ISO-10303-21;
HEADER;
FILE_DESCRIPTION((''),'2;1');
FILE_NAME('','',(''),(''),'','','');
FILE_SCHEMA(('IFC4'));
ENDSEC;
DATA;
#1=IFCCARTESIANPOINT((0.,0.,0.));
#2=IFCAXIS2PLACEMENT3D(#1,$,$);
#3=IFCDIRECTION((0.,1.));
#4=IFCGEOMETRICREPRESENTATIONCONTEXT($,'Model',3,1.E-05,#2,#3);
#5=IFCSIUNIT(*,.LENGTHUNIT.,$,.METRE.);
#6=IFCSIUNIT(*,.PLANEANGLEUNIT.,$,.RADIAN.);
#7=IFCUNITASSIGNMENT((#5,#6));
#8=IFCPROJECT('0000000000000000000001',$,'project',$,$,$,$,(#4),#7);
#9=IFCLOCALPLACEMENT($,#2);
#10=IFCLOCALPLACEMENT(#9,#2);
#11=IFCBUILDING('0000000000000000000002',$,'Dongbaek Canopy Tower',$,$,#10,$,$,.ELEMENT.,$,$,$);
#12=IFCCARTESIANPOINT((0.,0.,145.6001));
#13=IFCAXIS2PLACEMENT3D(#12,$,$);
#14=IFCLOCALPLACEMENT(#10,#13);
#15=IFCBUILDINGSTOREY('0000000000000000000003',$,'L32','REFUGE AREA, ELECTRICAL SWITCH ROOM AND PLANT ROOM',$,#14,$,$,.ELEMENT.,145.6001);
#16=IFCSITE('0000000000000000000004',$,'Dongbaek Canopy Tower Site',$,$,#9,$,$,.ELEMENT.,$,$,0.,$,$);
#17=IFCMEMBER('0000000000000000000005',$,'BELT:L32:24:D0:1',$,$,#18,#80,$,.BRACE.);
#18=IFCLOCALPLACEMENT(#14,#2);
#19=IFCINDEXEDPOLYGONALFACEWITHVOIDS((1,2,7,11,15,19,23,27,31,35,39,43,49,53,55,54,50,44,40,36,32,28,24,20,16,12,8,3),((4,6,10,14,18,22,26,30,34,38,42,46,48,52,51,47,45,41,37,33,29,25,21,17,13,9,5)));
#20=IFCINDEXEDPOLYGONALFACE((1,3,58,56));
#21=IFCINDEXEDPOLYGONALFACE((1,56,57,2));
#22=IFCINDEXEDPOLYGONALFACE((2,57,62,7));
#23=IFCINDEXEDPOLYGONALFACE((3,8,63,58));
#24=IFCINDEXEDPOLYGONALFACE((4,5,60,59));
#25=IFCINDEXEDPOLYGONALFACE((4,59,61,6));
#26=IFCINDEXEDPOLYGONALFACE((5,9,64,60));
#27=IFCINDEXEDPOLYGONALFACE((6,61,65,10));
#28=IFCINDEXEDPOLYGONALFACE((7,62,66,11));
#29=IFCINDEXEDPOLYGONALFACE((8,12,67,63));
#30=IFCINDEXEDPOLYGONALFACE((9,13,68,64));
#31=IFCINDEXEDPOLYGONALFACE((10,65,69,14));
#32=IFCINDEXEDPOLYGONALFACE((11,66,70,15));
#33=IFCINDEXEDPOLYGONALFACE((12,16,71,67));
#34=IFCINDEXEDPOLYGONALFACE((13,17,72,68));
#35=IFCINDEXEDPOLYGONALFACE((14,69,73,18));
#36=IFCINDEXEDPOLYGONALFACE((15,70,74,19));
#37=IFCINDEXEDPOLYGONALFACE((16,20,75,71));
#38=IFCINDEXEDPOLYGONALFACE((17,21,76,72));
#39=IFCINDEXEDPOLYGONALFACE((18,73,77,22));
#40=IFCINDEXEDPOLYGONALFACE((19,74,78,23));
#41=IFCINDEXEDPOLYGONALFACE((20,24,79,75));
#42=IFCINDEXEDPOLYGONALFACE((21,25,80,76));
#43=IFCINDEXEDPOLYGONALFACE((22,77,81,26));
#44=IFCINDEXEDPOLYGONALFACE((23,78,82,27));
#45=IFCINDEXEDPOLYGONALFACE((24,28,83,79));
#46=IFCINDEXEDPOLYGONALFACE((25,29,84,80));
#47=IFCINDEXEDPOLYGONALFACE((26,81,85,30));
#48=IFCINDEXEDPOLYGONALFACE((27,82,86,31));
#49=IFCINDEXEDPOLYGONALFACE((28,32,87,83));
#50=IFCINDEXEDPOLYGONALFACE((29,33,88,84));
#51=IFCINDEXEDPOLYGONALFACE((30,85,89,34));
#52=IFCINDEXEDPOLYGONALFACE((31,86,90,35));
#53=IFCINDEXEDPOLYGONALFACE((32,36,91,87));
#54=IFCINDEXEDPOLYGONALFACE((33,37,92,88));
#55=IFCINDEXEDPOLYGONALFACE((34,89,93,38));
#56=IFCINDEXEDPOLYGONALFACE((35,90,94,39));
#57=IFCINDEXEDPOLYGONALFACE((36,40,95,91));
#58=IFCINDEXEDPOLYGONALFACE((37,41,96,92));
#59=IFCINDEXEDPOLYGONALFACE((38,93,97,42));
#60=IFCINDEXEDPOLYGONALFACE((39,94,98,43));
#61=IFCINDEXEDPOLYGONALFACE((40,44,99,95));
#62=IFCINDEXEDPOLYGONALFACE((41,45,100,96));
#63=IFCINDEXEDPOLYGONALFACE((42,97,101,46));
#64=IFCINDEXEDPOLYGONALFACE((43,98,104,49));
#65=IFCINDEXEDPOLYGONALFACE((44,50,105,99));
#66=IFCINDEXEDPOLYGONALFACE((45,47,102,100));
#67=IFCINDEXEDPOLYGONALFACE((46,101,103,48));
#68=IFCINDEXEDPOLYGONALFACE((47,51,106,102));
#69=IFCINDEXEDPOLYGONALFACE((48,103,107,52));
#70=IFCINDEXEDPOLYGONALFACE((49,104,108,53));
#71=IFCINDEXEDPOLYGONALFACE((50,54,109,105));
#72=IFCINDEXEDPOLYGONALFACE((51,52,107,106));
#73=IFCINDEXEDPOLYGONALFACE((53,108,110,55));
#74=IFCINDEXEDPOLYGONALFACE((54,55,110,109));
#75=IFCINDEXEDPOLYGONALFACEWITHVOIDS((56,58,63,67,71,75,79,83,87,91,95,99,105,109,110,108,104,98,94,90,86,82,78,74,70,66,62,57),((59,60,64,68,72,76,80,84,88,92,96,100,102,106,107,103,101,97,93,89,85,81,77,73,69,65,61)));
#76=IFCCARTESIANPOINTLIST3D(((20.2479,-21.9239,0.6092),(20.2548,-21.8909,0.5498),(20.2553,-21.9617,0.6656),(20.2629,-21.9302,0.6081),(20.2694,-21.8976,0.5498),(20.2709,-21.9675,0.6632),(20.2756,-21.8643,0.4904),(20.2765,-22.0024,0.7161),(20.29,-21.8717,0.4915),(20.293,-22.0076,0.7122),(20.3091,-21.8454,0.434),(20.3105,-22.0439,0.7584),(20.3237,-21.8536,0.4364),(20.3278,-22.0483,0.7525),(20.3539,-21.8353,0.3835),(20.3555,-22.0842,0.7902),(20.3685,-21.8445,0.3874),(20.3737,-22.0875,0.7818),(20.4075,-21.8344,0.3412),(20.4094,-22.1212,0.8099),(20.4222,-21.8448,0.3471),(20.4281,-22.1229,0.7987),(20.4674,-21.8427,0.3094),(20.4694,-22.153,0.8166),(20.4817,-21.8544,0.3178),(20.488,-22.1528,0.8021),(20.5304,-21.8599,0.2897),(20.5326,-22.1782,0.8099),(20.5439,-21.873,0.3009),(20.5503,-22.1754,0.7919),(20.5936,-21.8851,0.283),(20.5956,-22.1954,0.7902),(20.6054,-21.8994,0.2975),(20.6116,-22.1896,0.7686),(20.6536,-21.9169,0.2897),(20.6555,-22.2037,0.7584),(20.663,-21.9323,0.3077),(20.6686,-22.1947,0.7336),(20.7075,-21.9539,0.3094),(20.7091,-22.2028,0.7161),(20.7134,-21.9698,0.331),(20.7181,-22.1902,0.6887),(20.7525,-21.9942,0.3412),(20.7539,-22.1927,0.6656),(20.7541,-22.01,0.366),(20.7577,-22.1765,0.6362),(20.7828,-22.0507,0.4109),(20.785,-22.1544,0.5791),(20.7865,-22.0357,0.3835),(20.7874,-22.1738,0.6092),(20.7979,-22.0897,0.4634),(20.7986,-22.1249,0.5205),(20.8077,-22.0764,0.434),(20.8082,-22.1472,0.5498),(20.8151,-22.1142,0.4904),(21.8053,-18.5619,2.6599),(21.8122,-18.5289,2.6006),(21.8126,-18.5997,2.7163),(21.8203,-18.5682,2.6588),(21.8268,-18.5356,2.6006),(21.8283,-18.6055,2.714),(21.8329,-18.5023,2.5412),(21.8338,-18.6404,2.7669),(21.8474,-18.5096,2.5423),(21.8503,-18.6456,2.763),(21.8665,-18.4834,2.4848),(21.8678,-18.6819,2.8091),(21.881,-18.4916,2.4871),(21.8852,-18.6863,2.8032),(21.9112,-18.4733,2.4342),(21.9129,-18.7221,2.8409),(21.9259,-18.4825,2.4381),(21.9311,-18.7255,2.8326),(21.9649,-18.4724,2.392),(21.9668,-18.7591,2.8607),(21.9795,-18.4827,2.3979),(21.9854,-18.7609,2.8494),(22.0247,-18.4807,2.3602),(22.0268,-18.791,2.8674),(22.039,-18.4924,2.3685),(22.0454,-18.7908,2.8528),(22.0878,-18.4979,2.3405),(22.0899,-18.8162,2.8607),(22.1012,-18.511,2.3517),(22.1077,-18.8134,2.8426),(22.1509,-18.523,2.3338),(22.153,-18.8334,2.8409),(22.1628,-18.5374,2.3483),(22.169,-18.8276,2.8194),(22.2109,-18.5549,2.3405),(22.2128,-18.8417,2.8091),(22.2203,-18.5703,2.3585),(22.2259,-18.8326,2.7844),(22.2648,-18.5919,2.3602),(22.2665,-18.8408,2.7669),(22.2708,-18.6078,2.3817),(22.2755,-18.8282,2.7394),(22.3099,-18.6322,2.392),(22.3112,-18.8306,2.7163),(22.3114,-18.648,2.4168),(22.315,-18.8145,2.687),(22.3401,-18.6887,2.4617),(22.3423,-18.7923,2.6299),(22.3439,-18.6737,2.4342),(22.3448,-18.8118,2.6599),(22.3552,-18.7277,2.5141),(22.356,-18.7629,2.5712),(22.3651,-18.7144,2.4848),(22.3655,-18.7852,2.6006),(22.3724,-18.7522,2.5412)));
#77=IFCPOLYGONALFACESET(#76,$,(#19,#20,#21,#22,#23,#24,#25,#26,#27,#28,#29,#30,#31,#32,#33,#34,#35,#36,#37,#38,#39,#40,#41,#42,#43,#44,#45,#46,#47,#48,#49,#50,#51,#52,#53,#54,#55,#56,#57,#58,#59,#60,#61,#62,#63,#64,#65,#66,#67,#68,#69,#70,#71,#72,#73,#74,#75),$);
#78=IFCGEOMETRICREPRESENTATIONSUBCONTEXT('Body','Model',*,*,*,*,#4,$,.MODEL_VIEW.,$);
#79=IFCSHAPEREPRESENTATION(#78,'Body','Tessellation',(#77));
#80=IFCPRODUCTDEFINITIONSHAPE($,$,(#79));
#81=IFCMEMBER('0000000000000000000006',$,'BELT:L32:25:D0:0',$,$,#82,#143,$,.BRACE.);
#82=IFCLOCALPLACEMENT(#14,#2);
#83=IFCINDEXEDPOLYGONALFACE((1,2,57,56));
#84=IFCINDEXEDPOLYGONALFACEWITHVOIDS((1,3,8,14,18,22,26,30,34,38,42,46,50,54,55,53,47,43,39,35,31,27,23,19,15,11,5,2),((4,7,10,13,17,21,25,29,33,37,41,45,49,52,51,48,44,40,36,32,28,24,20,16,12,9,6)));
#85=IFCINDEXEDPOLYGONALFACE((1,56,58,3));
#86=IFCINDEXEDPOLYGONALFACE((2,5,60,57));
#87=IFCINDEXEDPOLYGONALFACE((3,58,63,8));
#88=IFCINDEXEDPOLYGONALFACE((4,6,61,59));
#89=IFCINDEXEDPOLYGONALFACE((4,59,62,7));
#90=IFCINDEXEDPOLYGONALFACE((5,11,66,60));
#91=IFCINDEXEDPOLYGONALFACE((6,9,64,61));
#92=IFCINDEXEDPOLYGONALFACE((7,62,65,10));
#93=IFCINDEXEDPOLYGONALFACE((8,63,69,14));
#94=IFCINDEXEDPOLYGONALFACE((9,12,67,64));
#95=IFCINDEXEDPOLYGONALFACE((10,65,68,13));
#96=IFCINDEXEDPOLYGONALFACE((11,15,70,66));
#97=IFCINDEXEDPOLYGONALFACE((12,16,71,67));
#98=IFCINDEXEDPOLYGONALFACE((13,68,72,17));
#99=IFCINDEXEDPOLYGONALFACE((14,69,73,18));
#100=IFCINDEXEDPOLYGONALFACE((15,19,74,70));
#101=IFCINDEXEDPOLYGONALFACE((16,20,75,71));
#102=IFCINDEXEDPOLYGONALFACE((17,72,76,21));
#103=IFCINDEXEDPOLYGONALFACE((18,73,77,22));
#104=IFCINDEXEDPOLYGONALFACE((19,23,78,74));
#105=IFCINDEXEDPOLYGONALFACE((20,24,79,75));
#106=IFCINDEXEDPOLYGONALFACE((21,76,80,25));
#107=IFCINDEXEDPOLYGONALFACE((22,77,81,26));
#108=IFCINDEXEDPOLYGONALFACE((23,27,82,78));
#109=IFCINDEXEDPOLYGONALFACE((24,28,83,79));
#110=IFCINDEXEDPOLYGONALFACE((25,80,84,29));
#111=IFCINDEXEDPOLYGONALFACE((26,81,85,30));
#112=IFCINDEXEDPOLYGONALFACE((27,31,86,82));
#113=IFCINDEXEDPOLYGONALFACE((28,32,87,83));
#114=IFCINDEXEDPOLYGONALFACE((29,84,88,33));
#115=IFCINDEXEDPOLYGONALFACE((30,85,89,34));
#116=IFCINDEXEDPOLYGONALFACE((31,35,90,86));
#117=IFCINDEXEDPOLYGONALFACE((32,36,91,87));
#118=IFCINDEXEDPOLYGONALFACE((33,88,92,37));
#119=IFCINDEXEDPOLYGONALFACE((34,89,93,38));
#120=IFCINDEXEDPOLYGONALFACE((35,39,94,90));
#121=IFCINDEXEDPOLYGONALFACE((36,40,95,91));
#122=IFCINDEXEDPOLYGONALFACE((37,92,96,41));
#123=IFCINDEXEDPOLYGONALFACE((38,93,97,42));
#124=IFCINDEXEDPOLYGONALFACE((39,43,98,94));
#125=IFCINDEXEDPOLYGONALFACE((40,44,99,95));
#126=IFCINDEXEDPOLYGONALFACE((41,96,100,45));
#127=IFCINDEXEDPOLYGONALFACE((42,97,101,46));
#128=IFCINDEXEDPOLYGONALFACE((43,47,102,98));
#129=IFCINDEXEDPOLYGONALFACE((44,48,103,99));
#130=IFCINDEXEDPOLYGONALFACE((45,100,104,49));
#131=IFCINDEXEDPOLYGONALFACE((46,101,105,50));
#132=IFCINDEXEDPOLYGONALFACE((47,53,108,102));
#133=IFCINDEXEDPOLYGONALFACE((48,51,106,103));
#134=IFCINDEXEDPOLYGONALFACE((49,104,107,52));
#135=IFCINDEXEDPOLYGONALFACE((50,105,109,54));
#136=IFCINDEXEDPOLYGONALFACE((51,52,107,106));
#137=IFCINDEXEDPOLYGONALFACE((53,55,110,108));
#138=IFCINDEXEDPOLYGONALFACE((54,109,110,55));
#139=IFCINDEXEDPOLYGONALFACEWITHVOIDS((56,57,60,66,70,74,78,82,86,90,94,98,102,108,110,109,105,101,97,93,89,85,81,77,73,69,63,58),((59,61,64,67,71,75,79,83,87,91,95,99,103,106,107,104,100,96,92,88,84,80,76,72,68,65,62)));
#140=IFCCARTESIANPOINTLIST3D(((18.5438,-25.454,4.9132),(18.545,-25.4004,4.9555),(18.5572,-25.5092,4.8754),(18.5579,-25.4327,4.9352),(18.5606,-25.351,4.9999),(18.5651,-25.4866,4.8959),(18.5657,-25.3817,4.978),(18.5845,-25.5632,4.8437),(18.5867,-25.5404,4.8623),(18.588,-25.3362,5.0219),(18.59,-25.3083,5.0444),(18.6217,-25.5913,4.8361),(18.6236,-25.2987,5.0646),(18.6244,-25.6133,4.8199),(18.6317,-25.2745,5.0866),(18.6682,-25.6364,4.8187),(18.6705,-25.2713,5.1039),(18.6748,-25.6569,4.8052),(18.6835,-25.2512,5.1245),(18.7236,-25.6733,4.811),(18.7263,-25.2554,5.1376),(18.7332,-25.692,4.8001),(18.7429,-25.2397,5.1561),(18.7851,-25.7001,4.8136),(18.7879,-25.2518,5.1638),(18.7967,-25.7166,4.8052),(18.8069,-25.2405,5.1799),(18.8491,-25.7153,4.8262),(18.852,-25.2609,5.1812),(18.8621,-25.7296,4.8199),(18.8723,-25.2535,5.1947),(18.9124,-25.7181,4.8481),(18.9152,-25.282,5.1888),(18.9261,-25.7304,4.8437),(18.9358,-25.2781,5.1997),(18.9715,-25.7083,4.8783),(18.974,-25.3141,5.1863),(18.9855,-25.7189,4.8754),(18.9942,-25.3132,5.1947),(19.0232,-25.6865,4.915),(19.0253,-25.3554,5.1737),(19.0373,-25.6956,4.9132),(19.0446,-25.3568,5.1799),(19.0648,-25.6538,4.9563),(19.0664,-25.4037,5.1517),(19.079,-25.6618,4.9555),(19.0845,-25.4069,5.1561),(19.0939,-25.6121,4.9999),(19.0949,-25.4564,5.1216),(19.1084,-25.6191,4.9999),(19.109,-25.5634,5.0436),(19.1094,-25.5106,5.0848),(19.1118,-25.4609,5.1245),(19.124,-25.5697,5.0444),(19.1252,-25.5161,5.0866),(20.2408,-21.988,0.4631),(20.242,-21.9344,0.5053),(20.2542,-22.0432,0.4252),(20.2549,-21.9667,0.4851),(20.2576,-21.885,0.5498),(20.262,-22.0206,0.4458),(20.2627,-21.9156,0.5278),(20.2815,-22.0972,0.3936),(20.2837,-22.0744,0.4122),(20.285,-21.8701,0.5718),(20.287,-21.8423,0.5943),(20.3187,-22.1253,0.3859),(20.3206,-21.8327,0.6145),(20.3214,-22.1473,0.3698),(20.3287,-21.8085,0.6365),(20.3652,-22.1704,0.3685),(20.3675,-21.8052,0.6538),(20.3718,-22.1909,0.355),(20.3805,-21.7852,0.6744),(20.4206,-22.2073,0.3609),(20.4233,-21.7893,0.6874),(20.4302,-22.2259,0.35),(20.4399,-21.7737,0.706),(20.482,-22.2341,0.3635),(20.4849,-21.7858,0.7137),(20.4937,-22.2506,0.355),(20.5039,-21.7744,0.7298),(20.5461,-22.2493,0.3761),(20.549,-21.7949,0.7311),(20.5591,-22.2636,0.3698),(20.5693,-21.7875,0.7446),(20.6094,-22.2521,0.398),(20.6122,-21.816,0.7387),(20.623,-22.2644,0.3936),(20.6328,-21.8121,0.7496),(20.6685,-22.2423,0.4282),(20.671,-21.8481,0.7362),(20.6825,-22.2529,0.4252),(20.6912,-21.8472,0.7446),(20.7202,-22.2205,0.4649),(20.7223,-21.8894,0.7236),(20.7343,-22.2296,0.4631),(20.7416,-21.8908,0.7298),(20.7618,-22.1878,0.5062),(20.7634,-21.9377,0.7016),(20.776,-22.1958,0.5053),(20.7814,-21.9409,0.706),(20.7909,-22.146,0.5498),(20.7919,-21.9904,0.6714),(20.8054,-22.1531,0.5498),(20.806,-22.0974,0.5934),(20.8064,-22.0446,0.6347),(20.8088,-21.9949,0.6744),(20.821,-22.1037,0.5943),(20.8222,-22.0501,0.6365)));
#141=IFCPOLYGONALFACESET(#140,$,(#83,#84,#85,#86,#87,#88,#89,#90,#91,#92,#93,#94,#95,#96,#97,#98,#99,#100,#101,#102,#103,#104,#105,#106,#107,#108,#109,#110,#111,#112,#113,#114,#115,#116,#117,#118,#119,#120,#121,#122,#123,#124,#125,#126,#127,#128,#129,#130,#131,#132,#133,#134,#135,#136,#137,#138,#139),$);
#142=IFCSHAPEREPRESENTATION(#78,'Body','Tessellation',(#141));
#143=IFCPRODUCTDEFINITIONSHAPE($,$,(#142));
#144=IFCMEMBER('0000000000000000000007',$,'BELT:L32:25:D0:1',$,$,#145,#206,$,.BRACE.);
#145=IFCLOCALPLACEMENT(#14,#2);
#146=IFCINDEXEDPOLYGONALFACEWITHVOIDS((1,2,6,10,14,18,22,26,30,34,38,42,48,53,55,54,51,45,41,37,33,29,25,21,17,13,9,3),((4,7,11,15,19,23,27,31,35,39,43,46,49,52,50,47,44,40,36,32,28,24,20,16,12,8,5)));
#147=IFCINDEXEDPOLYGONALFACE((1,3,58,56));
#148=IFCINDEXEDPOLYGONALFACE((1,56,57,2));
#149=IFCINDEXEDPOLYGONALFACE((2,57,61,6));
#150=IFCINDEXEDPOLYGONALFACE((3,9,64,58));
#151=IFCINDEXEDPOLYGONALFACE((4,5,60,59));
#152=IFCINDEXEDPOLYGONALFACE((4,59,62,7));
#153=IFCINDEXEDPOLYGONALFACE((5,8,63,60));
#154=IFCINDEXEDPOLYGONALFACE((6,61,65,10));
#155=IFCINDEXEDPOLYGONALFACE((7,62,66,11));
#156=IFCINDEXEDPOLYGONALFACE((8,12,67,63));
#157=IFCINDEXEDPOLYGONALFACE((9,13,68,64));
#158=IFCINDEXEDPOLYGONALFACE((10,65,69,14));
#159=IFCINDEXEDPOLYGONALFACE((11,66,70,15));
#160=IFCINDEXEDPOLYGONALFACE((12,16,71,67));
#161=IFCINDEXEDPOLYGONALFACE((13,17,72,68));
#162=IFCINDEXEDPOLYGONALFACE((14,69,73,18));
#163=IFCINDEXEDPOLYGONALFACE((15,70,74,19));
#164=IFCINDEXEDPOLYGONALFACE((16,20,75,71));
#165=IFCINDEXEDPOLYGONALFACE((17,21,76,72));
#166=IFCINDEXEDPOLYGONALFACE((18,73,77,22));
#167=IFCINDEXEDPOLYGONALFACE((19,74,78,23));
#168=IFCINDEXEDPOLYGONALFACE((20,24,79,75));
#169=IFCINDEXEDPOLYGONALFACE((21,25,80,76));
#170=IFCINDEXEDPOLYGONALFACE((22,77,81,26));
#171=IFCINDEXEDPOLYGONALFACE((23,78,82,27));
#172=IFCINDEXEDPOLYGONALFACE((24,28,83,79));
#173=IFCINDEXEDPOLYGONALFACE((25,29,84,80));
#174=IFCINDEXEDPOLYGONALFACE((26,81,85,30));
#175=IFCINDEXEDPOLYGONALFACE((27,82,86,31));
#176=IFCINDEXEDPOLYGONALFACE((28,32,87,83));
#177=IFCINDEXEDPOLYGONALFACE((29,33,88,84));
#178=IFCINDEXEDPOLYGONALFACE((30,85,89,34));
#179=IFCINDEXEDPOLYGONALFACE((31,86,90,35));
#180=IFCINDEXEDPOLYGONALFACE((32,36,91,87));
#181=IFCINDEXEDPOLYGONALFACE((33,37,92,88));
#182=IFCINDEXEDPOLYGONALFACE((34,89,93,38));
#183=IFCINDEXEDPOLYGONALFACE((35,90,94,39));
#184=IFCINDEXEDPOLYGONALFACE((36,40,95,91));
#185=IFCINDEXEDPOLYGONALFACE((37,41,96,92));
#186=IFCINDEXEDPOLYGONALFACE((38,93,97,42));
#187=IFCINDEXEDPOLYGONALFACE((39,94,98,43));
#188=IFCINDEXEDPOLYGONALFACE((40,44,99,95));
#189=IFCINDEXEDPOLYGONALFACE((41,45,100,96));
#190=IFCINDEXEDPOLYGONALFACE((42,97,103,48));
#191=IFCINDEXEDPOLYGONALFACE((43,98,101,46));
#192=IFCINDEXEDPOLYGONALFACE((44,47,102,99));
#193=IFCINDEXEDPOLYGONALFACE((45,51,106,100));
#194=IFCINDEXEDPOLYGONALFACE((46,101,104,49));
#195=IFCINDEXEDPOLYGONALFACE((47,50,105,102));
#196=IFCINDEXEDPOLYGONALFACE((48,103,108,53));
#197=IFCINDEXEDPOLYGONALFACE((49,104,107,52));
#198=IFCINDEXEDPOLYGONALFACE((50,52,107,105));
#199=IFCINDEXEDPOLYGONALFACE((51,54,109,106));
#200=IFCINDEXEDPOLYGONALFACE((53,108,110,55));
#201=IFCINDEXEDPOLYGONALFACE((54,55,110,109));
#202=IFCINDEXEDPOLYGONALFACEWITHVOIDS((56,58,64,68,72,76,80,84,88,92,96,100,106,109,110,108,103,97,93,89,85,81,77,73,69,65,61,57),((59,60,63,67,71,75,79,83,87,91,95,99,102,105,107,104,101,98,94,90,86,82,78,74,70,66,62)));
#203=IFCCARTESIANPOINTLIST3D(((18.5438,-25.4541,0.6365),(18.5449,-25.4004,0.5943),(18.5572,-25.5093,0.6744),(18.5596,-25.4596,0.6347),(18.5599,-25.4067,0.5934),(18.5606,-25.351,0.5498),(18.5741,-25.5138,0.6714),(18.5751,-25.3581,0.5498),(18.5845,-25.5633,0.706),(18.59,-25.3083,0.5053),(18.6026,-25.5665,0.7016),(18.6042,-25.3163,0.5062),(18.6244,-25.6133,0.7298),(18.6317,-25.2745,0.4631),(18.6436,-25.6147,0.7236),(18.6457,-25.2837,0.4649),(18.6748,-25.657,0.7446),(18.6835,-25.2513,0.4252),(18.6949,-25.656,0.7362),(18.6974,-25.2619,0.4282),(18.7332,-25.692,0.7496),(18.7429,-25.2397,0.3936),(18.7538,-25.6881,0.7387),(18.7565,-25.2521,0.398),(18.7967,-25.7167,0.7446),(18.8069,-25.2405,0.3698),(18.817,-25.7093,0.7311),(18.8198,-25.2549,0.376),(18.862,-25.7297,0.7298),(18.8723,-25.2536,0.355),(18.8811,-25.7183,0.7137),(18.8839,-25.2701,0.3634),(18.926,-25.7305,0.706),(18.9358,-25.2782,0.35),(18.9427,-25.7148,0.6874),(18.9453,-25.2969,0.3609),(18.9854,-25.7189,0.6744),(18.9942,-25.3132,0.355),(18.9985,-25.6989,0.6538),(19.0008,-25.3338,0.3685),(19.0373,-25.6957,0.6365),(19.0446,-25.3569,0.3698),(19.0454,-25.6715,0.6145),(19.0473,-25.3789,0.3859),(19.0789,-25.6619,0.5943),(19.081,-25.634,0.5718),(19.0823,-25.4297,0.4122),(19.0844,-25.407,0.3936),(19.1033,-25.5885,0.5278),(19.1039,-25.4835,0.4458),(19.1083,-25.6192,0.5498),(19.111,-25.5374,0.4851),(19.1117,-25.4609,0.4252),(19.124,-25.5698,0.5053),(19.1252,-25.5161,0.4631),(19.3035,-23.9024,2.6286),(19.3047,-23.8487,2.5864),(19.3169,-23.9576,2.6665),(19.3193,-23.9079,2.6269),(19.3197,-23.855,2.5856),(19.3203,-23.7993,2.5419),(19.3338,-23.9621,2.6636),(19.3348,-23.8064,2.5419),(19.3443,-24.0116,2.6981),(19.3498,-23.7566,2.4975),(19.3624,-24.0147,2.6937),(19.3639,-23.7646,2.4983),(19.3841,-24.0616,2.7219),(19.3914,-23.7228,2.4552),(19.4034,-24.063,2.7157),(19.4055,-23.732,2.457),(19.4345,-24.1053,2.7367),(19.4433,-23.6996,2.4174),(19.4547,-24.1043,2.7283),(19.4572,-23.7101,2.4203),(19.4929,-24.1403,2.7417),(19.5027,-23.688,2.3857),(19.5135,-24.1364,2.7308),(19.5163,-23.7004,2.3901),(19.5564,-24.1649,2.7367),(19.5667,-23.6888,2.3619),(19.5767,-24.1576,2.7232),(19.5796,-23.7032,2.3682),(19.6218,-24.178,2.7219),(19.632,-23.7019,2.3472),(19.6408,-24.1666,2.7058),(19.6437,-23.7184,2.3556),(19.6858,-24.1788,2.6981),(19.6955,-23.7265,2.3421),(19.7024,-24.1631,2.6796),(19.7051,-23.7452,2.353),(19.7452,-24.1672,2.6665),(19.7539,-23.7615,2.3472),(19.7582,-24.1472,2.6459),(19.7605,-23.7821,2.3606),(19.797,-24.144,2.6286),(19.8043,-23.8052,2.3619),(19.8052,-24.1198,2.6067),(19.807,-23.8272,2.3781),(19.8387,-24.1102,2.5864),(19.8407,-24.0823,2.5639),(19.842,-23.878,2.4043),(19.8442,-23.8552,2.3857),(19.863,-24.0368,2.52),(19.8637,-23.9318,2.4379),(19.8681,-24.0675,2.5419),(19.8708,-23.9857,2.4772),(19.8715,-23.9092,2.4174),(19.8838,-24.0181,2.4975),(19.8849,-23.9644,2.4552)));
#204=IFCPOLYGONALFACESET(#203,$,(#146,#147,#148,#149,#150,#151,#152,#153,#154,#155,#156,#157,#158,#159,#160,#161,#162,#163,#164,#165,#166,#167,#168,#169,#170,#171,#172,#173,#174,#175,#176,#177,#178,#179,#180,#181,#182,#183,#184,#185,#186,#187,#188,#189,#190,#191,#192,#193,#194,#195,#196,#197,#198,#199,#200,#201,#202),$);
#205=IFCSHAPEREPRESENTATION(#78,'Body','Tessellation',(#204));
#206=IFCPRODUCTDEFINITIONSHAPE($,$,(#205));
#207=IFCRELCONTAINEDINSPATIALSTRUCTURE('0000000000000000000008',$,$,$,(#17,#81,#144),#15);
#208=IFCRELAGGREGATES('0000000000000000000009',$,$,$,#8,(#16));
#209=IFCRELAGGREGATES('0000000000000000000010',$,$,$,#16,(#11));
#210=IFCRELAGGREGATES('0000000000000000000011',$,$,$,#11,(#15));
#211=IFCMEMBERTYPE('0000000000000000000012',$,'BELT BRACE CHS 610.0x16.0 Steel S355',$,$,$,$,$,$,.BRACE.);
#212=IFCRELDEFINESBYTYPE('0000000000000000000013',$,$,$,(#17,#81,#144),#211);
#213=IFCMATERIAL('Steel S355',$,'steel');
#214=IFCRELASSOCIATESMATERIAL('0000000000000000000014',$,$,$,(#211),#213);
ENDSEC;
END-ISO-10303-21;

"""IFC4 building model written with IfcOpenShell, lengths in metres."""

from ifc_helpers import new_model, si_unit, direction, frame, origin, origin_2d, place, context, subcontext, project, spatial, hollow_circle, extrude, material, material_profile, profile_set, type_object, element, save


model = new_model("IFC4")

# Units and contexts
model_context = context("Model", 3, precision=1e-05, world=origin(), true_north=direction((0.0, 1.0)))
body_context = subcontext(model_context, "Body", "Model", "MODEL_VIEW")
ifc_project = project(units=[si_unit("LENGTHUNIT", "METRE"), si_unit("PLANEANGLEUNIT", "RADIAN")], contexts=[model_context])

# Site, building, storey
site_placement = place(None, origin())
site = spatial("IfcSite", under=ifc_project, at=site_placement, Name="Dongbaek Canopy Tower Site", CompositionType="ELEMENT", RefElevation=0.0)
building_placement = place(site_placement, origin())
building = spatial("IfcBuilding", under=site, at=building_placement, Name="Dongbaek Canopy Tower", CompositionType="ELEMENT")
storey_placement = place(building_placement, frame((0.0, 0.0, 145.6001)))
storey = spatial("IfcBuildingStorey", under=building, at=storey_placement, Name="L32", Description="REFUGE AREA, ELECTRICAL SWITCH ROOM AND PLANT ROOM", CompositionType="ELEMENT", Elevation=145.6001)

# Members
ifc_material_1 = material(Name="Steel S355", Category="steel")
ifc_material_profile_1 = material_profile(ifc_material_1, hollow_circle(Radius=0.3049, WallThickness=0.0161, at=origin_2d()), Name="BELT BRACE CHS 610.0x16.0 Steel S355")
ifc_profile_set_1 = profile_set([ifc_material_profile_1], Name="Steel S355")
member_type_1 = type_object("IfcMemberType", Name="BELT BRACE CHS 610.0x16.0 Steel S355", PredefinedType="BRACE", material=ifc_profile_set_1)
member_1_placement = place(storey_placement, frame((20.5315, -22.019, 0.5498), z_axis=(0.367745, 0.79389, 0.484255), x_axis=(-0.907378, 0.420315, 0.0)))
element("IfcMember", 1, at=member_1_placement, inside=storey, type_object=member_type_1, Name="BELT:L32:24:D0:1", PredefinedType="BRACE", context=body_context, shape_type="SweptSolid", body=[
    extrude(hollow_circle(Radius=0.3049, WallThickness=0.0161, at=origin_2d()), origin(), (0.0, 0.0, 1.0), 4.2349),
])
member_2_placement = place(storey_placement, frame((20.5315, -22.019, 0.5498), z_axis=(-0.288096, -0.588418, 0.75549), x_axis=(0.898128, -0.439733, 0.0)))
element("IfcMember", 2, at=member_2_placement, inside=storey, type_object=member_type_1, Name="BELT:L32:25:D0:0", PredefinedType="BRACE", context=body_context, shape_type="SweptSolid", body=[
    extrude(hollow_circle(Radius=0.3049, WallThickness=0.0161, at=origin_2d()), origin(), (0.0, 0.0, 1.0), 5.8904),
])
for number, where, z_axis, x_axis, name in (
    (3, (18.8345, -25.4851, 0.5498), (0.288112, 0.588446, 0.755462), (-0.898126, 0.439737, 0.0), "BELT:L32:25:D0:1"),
):
    element("IfcMember", number, at=place(storey_placement, frame(where, z_axis=z_axis, x_axis=x_axis)), inside=storey, type_object=member_type_1, Name=name, PredefinedType="BRACE", context=body_context, shape_type="SweptSolid", body=[
        extrude(hollow_circle(Radius=0.3049, WallThickness=0.0161, at=origin_2d()), origin(), (0.0, 0.0, 1.0), 2.637),
    ])

save(model, "model.ifc")
